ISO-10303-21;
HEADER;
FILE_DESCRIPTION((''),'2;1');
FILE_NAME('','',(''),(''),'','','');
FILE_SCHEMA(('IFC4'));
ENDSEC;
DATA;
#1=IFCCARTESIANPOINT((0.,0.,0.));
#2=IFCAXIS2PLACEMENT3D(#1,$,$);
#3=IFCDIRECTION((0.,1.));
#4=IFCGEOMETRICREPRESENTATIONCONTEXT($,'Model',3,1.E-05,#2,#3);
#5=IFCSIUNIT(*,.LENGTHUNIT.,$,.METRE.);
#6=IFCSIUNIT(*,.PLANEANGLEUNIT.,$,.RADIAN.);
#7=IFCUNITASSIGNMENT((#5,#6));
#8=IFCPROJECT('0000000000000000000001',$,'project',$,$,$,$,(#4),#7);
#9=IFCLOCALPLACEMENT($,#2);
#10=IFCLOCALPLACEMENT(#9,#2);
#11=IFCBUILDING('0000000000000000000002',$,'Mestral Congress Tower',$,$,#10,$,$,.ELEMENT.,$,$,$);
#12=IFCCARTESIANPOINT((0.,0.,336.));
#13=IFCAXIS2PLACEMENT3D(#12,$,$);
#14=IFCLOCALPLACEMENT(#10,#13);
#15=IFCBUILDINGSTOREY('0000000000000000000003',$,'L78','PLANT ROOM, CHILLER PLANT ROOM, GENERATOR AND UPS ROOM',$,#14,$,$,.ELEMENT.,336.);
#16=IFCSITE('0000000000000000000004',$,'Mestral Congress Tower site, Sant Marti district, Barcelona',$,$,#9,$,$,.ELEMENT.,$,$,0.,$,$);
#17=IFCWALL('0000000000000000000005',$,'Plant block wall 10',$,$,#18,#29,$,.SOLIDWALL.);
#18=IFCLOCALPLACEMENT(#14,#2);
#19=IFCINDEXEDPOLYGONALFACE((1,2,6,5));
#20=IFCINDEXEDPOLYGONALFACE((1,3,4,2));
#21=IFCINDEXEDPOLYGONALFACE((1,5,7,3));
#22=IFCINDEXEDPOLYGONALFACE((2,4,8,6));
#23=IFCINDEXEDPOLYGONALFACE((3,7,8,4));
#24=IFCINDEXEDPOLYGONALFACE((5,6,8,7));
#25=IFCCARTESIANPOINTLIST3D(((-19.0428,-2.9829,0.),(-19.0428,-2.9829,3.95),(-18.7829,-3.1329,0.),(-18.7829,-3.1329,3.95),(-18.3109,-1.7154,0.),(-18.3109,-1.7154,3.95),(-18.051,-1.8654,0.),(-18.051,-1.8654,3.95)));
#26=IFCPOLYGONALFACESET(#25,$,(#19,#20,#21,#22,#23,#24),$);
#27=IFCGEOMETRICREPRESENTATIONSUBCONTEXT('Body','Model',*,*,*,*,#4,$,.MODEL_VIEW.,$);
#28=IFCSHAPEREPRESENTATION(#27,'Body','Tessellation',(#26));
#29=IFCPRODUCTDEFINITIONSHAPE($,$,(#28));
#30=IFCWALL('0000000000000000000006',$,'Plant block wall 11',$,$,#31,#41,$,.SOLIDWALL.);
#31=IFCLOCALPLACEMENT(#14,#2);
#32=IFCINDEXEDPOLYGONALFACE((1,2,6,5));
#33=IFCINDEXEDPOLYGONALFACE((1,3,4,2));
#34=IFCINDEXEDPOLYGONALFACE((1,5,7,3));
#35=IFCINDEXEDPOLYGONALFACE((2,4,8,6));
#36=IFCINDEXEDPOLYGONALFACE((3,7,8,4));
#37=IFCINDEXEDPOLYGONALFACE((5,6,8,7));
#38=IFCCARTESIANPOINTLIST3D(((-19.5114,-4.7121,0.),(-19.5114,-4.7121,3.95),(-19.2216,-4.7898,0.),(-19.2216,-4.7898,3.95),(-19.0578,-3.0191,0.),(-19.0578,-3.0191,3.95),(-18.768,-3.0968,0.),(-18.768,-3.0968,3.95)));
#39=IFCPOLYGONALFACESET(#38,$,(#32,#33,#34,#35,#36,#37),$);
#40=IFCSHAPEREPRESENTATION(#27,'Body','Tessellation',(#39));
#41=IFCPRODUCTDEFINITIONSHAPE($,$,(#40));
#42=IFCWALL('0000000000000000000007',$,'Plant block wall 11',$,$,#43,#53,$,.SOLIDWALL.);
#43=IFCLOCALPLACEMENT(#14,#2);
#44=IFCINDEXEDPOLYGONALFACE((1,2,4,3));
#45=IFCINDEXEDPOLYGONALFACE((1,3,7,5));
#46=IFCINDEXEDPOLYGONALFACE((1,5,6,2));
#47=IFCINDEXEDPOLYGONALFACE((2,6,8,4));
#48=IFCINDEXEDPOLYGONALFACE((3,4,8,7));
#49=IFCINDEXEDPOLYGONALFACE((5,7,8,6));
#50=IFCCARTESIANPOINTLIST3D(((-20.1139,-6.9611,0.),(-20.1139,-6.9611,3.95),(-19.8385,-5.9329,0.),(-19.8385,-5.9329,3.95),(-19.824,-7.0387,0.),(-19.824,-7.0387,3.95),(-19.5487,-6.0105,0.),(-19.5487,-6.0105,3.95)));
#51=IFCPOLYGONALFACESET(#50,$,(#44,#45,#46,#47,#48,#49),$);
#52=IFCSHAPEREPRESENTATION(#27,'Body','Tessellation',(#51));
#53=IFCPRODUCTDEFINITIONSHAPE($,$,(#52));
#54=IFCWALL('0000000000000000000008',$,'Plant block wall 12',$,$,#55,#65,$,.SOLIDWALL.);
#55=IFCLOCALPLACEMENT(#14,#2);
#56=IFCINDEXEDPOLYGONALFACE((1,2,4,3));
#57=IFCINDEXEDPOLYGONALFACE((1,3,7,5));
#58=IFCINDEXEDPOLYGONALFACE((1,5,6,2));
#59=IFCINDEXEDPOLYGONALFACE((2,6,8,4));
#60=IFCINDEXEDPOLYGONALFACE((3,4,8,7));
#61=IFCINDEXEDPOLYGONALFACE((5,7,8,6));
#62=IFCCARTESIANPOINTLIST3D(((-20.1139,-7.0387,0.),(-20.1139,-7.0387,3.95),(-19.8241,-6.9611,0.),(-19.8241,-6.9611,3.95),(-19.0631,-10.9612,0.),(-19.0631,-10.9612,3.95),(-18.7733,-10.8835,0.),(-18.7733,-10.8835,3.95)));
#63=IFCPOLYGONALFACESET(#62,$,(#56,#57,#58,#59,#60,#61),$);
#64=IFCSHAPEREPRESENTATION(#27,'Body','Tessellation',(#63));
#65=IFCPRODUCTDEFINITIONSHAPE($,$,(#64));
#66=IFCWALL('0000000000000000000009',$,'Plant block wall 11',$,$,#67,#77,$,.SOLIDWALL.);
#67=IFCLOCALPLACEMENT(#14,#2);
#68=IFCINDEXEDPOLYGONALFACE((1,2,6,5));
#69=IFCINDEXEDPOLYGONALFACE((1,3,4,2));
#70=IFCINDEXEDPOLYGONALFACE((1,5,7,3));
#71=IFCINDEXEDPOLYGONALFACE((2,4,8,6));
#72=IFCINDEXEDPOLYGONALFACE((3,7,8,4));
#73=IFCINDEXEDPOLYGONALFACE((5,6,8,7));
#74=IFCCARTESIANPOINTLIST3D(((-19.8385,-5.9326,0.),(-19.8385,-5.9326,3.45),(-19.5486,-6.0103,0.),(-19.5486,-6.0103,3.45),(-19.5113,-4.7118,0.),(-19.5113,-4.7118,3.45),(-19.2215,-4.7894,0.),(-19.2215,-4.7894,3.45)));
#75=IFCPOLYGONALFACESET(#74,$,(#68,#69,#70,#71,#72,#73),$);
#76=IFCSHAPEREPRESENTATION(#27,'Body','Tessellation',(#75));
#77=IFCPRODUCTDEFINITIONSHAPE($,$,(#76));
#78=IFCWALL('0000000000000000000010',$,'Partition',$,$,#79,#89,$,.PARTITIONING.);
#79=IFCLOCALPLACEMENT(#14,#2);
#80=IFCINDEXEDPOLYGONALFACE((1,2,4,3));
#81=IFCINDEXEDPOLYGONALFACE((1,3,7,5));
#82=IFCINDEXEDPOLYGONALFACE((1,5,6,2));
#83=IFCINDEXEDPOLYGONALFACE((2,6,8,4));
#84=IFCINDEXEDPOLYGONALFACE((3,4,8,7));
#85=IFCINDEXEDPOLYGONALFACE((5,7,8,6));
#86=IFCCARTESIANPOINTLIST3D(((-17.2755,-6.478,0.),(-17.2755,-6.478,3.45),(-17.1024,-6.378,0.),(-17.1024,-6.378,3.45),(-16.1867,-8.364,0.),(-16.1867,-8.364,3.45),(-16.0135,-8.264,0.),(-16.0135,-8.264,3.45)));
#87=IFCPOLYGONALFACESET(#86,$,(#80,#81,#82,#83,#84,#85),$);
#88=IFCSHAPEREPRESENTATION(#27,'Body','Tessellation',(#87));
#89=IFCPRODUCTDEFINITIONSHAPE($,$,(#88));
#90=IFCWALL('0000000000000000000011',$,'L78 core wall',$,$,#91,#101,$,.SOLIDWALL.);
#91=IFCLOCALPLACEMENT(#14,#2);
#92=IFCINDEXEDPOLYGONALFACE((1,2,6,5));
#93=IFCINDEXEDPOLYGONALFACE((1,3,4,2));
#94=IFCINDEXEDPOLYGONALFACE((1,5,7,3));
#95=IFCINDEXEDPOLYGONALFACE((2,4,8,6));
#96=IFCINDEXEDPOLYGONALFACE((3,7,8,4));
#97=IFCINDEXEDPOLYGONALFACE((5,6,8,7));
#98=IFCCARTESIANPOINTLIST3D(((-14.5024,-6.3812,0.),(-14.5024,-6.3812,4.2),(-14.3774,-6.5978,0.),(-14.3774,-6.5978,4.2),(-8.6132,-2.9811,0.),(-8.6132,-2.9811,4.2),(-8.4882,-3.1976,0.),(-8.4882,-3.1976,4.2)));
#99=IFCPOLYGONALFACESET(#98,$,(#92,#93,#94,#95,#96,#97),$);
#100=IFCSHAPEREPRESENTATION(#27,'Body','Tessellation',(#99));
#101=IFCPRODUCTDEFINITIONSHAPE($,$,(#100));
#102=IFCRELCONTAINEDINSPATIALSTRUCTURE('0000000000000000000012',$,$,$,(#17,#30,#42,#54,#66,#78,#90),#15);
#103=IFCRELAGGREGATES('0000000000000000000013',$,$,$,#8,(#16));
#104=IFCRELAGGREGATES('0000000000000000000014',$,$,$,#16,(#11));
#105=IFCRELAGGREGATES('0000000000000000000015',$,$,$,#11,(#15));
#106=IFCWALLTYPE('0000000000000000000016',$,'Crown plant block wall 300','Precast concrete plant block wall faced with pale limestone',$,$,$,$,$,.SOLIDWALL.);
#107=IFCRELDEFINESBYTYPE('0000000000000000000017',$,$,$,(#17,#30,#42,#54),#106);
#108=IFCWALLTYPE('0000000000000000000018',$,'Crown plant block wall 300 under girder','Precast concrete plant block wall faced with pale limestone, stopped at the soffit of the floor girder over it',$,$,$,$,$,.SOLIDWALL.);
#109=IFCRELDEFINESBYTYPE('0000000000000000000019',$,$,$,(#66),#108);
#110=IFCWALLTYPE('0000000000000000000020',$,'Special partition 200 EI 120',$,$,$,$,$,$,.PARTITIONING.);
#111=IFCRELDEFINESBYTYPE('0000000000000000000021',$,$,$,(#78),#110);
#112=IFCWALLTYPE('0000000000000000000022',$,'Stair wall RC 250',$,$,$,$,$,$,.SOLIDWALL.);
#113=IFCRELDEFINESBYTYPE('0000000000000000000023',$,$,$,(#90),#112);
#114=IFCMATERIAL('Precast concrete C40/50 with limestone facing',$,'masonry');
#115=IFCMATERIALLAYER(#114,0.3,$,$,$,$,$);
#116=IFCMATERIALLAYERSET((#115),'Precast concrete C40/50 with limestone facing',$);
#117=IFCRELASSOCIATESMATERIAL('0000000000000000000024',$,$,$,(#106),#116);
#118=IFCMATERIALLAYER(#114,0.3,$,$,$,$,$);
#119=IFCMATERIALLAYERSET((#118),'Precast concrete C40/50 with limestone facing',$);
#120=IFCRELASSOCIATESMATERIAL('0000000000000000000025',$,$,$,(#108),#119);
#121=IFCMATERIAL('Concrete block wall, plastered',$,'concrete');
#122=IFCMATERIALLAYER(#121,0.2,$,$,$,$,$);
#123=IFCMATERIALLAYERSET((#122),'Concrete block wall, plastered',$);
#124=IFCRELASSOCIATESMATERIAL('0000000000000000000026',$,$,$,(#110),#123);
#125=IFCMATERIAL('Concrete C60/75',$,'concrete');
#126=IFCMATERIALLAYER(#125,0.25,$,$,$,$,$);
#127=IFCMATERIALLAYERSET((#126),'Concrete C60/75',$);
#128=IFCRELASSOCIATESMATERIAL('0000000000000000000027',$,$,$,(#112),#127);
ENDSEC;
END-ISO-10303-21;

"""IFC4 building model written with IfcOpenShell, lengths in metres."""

from ifc_helpers import new_model, si_unit, direction, frame, frame_2d, origin, place, context, subcontext, project, spatial, rectangle, extrude, material, layer, layer_set, type_object, element, save


model = new_model("IFC4")

# Units and contexts
model_context = context("Model", 3, precision=1e-05, world=origin(), true_north=direction((0.0, 1.0)))
body_context = subcontext(model_context, "Body", "Model", "MODEL_VIEW")
ifc_project = project(units=[si_unit("LENGTHUNIT", "METRE"), si_unit("PLANEANGLEUNIT", "RADIAN")], contexts=[model_context])

# Site, building, storey
site_placement = place(None, origin())
site = spatial("IfcSite", under=ifc_project, at=site_placement, Name="Mestral Congress Tower site, Sant Marti district, Barcelona", CompositionType="ELEMENT", RefElevation=0.0)
building_placement = place(site_placement, origin())
building = spatial("IfcBuilding", under=site, at=building_placement, Name="Mestral Congress Tower", CompositionType="ELEMENT")
storey_placement = place(building_placement, frame((0.0, 0.0, 336.0)))
storey = spatial("IfcBuildingStorey", under=building, at=storey_placement, Name="L78", Description="PLANT ROOM, CHILLER PLANT ROOM, GENERATOR AND UPS ROOM", CompositionType="ELEMENT", Elevation=336.0)

# Shared definitions
ifc_material_1 = material(Name="Concrete C60/75", Category="concrete")

# Walls
ifc_material_2 = material(Name="Precast concrete C40/50 with limestone facing", Category="masonry")
ifc_layer_1 = layer(ifc_material_2, 0.3)
ifc_layer_set_1 = layer_set([ifc_layer_1], Name="Precast concrete C40/50 with limestone facing")
wall_type_1 = type_object("IfcWallType", Name="Crown plant block wall 300", Description="Precast concrete plant block wall faced with pale limestone", PredefinedType="SOLIDWALL", material=ifc_layer_set_1)
wall_1_placement = place(storey_placement, frame((-18.1809, -1.7903, 0.0), z_axis=(0.0, 0.0, 1.0), x_axis=(-0.50005, -0.865997, 0.0)))
element("IfcWall", 1, at=wall_1_placement, inside=storey, type_object=wall_type_1, Name="Plant block wall 10", PredefinedType="SOLIDWALL", context=body_context, shape_type="SweptSolid", body=[
    extrude(rectangle(XDim=1.4636, YDim=0.3, at=frame_2d((0.7319, 0.0))), origin(), (0.0, 0.0, 1.0), 3.95),
])
wall_2_placement = place(storey_placement, frame((-18.9128, -3.0579, 0.0), z_axis=(0.0, 0.0, 1.0), x_axis=(-0.258824, -0.965924, 0.0)))
element("IfcWall", 2, at=wall_2_placement, inside=storey, type_object=wall_type_1, Name="Plant block wall 11", PredefinedType="SOLIDWALL", context=body_context, shape_type="SweptSolid", body=[
    extrude(rectangle(XDim=1.7527, YDim=0.3, at=frame_2d((0.8765, 0.0))), origin(), (0.0, 0.0, 1.0), 3.95),
])
wall_3_placement = place(storey_placement, frame((-19.6936, -5.9717, 0.0), z_axis=(0.0, 0.0, 1.0), x_axis=(-0.25869, -0.96596, 0.0)))
element("IfcWall", 3, at=wall_3_placement, inside=storey, type_object=wall_type_1, Name="Plant block wall 11", PredefinedType="SOLIDWALL", context=body_context, shape_type="SweptSolid", body=[
    extrude(rectangle(XDim=1.0645, YDim=0.3, at=frame_2d((0.5322, 0.0))), origin(), (0.0, 0.0, 1.0), 3.95),
])
wall_4_placement = place(storey_placement, frame((-19.969, -7.0, 0.0), z_axis=(0.0, 0.0, 1.0), x_axis=(0.25877, -0.965939, 0.0)))
element("IfcWall", 4, at=wall_4_placement, inside=storey, type_object=wall_type_1, Name="Plant block wall 12", PredefinedType="SOLIDWALL", context=body_context, shape_type="SweptSolid", body=[
    extrude(rectangle(XDim=4.0608, YDim=0.3, at=frame_2d((2.0303, 0.0))), origin(), (0.0, 0.0, 1.0), 3.95),
])
ifc_layer_2 = layer(ifc_material_2, 0.3)
ifc_layer_set_2 = layer_set([ifc_layer_2], Name="Precast concrete C40/50 with limestone facing")
wall_type_2 = type_object("IfcWallType", Name="Crown plant block wall 300 under girder", Description="Precast concrete plant block wall faced with pale limestone, stopped at the soffit of the floor girder over it", PredefinedType="SOLIDWALL", material=ifc_layer_set_2)
wall_5_placement = place(storey_placement, frame((-19.3665, -4.7507, 0.0), z_axis=(0.0, 0.0, 1.0), x_axis=(-0.258817, -0.965926, 0.0)))
element("IfcWall", 5, at=wall_5_placement, inside=storey, type_object=wall_type_2, Name="Plant block wall 11", PredefinedType="SOLIDWALL", context=body_context, shape_type="SweptSolid", body=[
    extrude(rectangle(XDim=1.2639, YDim=0.3, at=frame_2d((0.6318, 0.0))), origin(), (0.0, 0.0, 1.0), 3.45),
])
ifc_material_3 = material(Name="Concrete block wall, plastered", Category="concrete")
ifc_layer_3 = layer(ifc_material_3, 0.2)
ifc_layer_set_3 = layer_set([ifc_layer_3], Name="Concrete block wall, plastered")
wall_type_3 = type_object("IfcWallType", Name="Special partition 200 EI 120", PredefinedType="PARTITIONING", material=ifc_layer_set_3)
wall_6_placement = place(storey_placement, frame((-16.1001, -8.314, 0.0), z_axis=(0.0, 0.0, 1.0), x_axis=(-0.499997, 0.866027, 0.0)))
element("IfcWall", 6, at=wall_6_placement, inside=storey, type_object=wall_type_3, Name="Partition", PredefinedType="PARTITIONING", context=body_context, shape_type="SweptSolid", body=[
    extrude(rectangle(XDim=2.1777, YDim=0.2, at=frame_2d((1.0889, 0.0))), origin(), (0.0, 0.0, 1.0), 3.45),
])
ifc_layer_4 = layer(ifc_material_1, 0.25)
ifc_layer_set_4 = layer_set([ifc_layer_4], Name="Concrete C60/75")
wall_type_4 = type_object("IfcWallType", Name="Stair wall RC 250", PredefinedType="SOLIDWALL", material=ifc_layer_set_4)
wall_7_placement = place(storey_placement, frame((-14.4399, -6.4895, 0.0), z_axis=(0.0, 0.0, 1.0), x_axis=(0.866023, 0.500004, 0.0)))
element("IfcWall", 7, at=wall_7_placement, inside=storey, type_object=wall_type_4, Name="L78 core wall", PredefinedType="SOLIDWALL", context=body_context, shape_type="SweptSolid", body=[
    extrude(rectangle(XDim=6.8003, YDim=0.25, at=frame_2d((3.4001, 0.0))), origin(), (0.0, 0.0, 1.0), 4.2),
])

save(model, "model.ifc")
